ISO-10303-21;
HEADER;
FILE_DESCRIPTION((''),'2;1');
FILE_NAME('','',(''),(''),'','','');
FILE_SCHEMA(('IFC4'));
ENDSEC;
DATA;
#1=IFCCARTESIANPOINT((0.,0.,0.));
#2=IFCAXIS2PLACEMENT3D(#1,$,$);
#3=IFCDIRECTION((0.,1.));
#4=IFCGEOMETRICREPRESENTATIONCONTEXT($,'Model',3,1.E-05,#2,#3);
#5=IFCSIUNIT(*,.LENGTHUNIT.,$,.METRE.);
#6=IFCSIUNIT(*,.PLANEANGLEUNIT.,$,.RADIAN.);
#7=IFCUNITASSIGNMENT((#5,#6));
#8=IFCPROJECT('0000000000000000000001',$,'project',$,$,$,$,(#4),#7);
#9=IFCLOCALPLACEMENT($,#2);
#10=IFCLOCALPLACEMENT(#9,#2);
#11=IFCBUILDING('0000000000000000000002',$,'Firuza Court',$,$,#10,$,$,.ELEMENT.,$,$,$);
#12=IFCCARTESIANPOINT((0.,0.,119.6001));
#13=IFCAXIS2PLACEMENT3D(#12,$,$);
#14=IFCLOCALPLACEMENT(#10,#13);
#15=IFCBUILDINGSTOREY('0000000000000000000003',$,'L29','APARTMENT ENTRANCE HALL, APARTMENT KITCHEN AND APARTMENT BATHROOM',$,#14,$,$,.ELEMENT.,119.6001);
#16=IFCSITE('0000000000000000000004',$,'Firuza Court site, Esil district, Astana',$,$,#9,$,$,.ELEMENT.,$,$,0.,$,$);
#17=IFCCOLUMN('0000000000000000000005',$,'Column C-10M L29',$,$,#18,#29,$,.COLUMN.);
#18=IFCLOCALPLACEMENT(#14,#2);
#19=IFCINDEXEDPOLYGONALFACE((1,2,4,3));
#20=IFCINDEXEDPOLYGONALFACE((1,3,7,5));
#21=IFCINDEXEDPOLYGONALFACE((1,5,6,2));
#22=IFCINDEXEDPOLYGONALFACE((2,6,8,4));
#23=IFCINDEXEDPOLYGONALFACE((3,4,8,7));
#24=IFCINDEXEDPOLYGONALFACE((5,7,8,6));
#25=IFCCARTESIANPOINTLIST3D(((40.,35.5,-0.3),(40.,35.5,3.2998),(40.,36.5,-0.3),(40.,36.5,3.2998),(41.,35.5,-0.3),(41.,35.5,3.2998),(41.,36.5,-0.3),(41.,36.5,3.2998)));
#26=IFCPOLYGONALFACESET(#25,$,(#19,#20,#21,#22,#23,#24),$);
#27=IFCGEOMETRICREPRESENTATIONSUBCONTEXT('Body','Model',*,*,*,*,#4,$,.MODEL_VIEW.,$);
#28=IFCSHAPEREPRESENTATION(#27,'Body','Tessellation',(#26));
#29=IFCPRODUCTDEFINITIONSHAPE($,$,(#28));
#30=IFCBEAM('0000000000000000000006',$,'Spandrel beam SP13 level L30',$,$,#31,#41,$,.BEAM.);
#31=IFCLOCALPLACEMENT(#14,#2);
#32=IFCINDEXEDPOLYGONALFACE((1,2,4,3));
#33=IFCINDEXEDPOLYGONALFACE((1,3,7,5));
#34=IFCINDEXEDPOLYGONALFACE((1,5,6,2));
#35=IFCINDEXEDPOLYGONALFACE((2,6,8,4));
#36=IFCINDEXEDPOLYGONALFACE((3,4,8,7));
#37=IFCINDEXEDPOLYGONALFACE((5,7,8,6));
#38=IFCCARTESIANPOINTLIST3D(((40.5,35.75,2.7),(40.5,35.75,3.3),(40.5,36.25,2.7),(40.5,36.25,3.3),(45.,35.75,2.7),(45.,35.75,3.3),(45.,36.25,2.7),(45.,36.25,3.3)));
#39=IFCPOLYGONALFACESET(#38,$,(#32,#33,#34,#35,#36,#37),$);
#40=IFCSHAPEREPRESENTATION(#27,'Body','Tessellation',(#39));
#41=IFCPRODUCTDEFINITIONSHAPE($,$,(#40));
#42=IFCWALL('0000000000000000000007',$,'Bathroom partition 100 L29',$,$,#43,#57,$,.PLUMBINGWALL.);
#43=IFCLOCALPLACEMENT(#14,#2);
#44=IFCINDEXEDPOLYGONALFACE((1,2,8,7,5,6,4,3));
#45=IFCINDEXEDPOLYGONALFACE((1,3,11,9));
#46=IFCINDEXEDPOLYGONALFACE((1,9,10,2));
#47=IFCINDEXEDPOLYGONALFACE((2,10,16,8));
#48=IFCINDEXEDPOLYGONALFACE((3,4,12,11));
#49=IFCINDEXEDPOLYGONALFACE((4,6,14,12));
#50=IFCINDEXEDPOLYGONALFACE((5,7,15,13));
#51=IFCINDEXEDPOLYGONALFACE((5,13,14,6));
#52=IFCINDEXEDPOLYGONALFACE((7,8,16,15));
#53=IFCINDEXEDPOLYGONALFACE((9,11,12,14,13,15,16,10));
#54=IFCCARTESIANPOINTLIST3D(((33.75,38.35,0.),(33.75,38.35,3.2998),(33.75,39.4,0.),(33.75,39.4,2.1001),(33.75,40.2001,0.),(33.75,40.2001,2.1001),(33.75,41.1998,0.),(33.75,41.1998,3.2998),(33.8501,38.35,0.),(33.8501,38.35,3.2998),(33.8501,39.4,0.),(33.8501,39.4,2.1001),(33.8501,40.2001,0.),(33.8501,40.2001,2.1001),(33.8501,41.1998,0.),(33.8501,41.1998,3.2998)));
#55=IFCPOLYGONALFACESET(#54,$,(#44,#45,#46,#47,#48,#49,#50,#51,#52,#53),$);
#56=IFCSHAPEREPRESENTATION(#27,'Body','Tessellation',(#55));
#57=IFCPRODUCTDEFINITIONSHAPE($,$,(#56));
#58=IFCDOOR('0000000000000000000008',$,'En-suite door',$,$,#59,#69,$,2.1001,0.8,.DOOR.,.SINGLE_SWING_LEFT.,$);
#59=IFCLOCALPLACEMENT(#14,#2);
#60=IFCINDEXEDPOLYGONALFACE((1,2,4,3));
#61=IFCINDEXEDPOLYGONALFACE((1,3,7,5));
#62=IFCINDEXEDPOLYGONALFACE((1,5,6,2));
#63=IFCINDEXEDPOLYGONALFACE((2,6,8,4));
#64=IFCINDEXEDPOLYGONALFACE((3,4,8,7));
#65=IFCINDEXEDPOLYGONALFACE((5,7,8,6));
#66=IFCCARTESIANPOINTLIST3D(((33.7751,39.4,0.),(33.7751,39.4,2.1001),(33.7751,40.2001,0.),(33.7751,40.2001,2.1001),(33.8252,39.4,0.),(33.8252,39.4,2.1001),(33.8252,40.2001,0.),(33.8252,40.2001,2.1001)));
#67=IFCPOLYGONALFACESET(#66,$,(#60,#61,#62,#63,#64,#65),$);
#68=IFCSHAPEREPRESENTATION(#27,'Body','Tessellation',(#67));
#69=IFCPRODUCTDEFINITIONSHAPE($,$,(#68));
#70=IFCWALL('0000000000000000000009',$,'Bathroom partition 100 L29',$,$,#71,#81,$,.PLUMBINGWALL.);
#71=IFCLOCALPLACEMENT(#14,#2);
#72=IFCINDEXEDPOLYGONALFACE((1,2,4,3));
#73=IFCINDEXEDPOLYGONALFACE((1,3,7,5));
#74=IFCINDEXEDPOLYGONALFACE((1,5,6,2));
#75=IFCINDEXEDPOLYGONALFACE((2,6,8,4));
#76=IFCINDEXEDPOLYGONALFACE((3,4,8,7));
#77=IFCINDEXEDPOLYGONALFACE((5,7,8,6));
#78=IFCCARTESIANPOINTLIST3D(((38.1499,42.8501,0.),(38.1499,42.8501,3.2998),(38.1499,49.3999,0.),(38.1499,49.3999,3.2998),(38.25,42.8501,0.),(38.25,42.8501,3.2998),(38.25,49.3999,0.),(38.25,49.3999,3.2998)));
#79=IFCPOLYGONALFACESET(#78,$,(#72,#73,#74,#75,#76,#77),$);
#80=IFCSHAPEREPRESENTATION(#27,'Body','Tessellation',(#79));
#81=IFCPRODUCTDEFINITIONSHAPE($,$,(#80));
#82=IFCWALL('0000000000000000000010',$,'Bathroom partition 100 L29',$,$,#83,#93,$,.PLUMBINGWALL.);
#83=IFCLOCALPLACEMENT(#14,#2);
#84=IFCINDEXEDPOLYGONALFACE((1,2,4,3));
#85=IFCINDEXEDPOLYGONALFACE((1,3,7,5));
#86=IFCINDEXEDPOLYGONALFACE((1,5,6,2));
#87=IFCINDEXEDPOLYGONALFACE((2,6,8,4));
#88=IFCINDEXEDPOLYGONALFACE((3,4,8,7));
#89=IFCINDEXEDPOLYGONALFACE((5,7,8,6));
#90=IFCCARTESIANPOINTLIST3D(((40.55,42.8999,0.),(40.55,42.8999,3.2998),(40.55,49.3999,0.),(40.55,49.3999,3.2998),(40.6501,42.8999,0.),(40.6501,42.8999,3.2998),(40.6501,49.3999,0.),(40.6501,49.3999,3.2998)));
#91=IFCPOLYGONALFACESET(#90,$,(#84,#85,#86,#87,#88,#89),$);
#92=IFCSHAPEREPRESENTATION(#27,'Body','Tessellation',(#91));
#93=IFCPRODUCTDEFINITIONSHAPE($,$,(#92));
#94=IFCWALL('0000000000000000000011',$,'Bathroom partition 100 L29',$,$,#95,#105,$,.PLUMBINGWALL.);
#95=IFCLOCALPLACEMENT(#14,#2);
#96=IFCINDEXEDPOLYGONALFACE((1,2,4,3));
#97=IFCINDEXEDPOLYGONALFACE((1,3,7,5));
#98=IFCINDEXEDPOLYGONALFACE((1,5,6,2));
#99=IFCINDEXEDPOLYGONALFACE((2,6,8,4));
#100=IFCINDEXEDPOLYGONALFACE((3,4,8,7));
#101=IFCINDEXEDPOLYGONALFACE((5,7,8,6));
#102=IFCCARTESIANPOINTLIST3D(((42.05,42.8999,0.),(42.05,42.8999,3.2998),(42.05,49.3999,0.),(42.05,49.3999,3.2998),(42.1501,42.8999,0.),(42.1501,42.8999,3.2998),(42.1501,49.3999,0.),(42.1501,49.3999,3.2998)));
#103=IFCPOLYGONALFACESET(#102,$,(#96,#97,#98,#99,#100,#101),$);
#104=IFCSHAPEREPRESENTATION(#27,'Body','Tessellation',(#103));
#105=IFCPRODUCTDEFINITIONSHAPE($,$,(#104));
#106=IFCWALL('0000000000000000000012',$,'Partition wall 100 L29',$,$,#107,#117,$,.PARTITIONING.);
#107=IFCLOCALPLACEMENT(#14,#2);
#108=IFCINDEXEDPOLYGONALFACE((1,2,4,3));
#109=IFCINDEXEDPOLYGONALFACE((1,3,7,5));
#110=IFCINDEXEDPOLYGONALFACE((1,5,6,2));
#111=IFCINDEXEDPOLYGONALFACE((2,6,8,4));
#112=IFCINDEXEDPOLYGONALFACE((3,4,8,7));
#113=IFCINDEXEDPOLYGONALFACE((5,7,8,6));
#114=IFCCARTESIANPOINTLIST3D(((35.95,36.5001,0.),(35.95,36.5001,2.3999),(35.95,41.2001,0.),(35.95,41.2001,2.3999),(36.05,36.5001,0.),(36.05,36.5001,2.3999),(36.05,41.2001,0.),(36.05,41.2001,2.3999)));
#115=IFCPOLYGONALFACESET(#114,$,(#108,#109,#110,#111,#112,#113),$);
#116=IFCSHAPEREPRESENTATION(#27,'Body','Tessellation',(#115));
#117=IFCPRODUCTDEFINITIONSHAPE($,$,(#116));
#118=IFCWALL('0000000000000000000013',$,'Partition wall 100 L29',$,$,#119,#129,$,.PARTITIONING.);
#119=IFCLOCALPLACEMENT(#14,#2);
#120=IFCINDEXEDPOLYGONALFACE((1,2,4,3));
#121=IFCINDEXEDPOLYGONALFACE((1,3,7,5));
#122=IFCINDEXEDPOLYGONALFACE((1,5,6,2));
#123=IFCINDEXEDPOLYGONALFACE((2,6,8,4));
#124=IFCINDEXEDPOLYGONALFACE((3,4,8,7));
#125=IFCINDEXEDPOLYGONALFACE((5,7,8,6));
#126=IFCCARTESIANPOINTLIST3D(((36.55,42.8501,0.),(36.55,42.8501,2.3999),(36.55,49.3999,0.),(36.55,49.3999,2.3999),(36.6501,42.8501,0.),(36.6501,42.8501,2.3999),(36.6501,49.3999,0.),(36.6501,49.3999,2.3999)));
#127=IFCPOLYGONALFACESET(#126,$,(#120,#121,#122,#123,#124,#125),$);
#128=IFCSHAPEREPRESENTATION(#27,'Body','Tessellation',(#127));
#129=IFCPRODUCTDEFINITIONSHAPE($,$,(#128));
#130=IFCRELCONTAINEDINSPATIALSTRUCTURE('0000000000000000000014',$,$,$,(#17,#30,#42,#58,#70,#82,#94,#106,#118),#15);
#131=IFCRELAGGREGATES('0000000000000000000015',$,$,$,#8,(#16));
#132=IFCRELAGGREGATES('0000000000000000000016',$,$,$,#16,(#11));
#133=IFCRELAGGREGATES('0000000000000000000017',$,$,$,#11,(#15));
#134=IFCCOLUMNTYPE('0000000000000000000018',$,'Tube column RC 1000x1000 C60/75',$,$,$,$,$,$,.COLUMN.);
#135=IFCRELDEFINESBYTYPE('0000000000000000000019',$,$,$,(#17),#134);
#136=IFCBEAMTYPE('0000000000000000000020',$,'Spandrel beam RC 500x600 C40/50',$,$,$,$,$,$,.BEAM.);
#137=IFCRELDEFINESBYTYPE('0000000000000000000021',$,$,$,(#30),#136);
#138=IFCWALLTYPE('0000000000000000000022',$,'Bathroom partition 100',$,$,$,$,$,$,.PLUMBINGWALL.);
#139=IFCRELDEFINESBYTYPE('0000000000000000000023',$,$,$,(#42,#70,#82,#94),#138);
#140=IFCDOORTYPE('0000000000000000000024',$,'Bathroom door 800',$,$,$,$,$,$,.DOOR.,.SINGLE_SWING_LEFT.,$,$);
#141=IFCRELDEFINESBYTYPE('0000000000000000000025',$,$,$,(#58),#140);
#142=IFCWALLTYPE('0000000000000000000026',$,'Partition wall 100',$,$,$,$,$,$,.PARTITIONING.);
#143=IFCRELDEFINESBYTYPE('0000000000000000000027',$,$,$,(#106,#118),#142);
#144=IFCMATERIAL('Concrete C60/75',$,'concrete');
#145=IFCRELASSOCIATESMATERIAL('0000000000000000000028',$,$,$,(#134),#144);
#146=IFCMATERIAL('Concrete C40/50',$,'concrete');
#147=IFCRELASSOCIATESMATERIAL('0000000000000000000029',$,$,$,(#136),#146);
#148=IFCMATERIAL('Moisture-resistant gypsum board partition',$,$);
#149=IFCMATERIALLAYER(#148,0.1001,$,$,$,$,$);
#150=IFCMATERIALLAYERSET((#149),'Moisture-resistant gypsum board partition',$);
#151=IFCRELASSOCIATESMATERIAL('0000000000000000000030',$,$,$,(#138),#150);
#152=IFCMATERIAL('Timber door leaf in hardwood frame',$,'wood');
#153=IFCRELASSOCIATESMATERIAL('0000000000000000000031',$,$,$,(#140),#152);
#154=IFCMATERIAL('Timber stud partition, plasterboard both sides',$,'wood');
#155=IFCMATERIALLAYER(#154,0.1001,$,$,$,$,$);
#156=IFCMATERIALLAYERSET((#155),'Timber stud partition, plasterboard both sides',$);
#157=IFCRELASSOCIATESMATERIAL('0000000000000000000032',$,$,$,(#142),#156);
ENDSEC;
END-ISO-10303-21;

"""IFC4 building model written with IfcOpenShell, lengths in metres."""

from ifc_helpers import new_model, si_unit, direction, frame, frame_2d, origin, origin_2d, place, context, subcontext, project, spatial, rectangle, extrude, material, layer, layer_set, material_profile, profile_set, type_object, element, fill, save


model = new_model("IFC4")

# Units and contexts
model_context = context("Model", 3, precision=1e-05, world=origin(), true_north=direction((0.0, 1.0)))
body_context = subcontext(model_context, "Body", "Model", "MODEL_VIEW")
ifc_project = project(units=[si_unit("LENGTHUNIT", "METRE"), si_unit("PLANEANGLEUNIT", "RADIAN")], contexts=[model_context])

# Site, building, storey
site_placement = place(None, origin())
site = spatial("IfcSite", under=ifc_project, at=site_placement, Name="Firuza Court site, Esil district, Astana", CompositionType="ELEMENT", RefElevation=0.0)
building_placement = place(site_placement, origin())
building = spatial("IfcBuilding", under=site, at=building_placement, Name="Firuza Court", CompositionType="ELEMENT")
storey_placement = place(building_placement, frame((0.0, 0.0, 119.6001)))
storey = spatial("IfcBuildingStorey", under=building, at=storey_placement, Name="L29", Description="APARTMENT ENTRANCE HALL, APARTMENT KITCHEN AND APARTMENT BATHROOM", CompositionType="ELEMENT", Elevation=119.6001)

# Column
ifc_material_1 = material(Name="Concrete C60/75", Category="concrete")
ifc_material_profile_1 = material_profile(ifc_material_1, rectangle(XDim=1.0, YDim=1.0, at=origin_2d()), Name="RC 1000x1000")
ifc_profile_set_1 = profile_set([ifc_material_profile_1], Name="Concrete C60/75")
column_type = type_object("IfcColumnType", Name="Tube column RC 1000x1000 C60/75", PredefinedType="COLUMN", material=ifc_profile_set_1)
column_placement = place(storey_placement, frame((40.5, 36.0, -0.3), z_axis=(0.0, 0.0, 1.0), x_axis=(1.0, 0.0, 0.0)))
element("IfcColumn", 1, at=column_placement, inside=storey, type_object=column_type, Name="Column C-10M L29", PredefinedType="COLUMN", context=body_context, shape_type="SweptSolid", body=[
    extrude(rectangle(XDim=1.0, YDim=1.0, at=origin_2d()), origin(), (0.0, 0.0, 1.0), 3.5999),
])

# Beam
ifc_material_2 = material(Name="Concrete C40/50", Category="concrete")
ifc_material_profile_2 = material_profile(ifc_material_2, rectangle(XDim=0.5, YDim=0.6001, at=origin_2d()), Name="RC 500x600")
ifc_profile_set_2 = profile_set([ifc_material_profile_2], Name="Concrete C40/50")
beam_type = type_object("IfcBeamType", Name="Spandrel beam RC 500x600 C40/50", PredefinedType="BEAM", material=ifc_profile_set_2)
beam_placement = place(storey_placement, frame((40.5, 36.0, 3.0), z_axis=(1.0, 0.0, 0.0), x_axis=(0.0, 1.0, 0.0)))
element("IfcBeam", 2, at=beam_placement, inside=storey, type_object=beam_type, Name="Spandrel beam SP13 level L30", PredefinedType="BEAM", context=body_context, shape_type="SweptSolid", body=[
    extrude(rectangle(XDim=0.5, YDim=0.6001, at=origin_2d()), origin(), (0.0, 0.0, 1.0), 4.5),
])

# Wall, opening, door
ifc_material_3 = material(Name="Moisture-resistant gypsum board partition")
ifc_layer_1 = layer(ifc_material_3, 0.1001)
ifc_layer_set_1 = layer_set([ifc_layer_1], Name="Moisture-resistant gypsum board partition")
wall_type_1 = type_object("IfcWallType", Name="Bathroom partition 100", PredefinedType="PLUMBINGWALL", material=ifc_layer_set_1)
wall_1_placement = place(storey_placement, frame((33.8, 38.3501, 0.0), z_axis=(0.0, 0.0, 1.0), x_axis=(0.0, 1.0, 0.0)))
wall_1 = element("IfcWall", 3, at=wall_1_placement, inside=storey, type_object=wall_type_1, Name="Bathroom partition 100 L29", PredefinedType="PLUMBINGWALL", context=body_context, shape_type="SweptSolid", body=[
    extrude(rectangle(XDim=2.8499, YDim=0.1001, at=frame_2d((1.4248, 0.0))), origin(), (0.0, 0.0, 1.0), 3.2998),
])
opening_1_placement = place(wall_1_placement, frame((1.05, 0.0, 0.0)))
opening_1 = element("IfcOpeningElement", 4, at=opening_1_placement, cuts=wall_1, PredefinedType="OPENING", context=body_context, shape_type="SweptSolid", body=[
    extrude(rectangle(XDim=0.8, YDim=2.1001, at=frame_2d((0.3999, 1.05))), frame((0.0, 0.062, 0.0), z_axis=(0.0, -1.0, 0.0), x_axis=(1.0, 0.0, 0.0)), (0.0, 0.0, 1.0), 0.124),
])
ifc_material_4 = material(Name="Timber door leaf in hardwood frame", Category="wood")
door_type_1 = type_object("IfcDoorType", Name="Bathroom door 800", OperationType="SINGLE_SWING_LEFT", PredefinedType="DOOR", material=ifc_material_4)
door_1_placement = place(opening_1_placement, origin())
door_1 = element("IfcDoor", 5, at=door_1_placement, inside=storey, type_object=door_type_1, Name="En-suite door", OperationType="SINGLE_SWING_LEFT", OverallHeight=2.1001, OverallWidth=0.8, PredefinedType="DOOR", context=body_context, shape_type="SweptSolid", body=[
    extrude(rectangle(XDim=0.8, YDim=2.1001, at=frame_2d((0.3999, 1.05))), frame((0.0, 0.0249, 0.0), z_axis=(0.0, -1.0, 0.0), x_axis=(1.0, 0.0, 0.0)), (0.0, 0.0, 1.0), 0.05),
])
fill(opening_1, door_1)

# Walls
wall_2_placement = place(storey_placement, frame((38.2, 42.8501, 0.0), z_axis=(0.0, 0.0, 1.0), x_axis=(0.0, 1.0, 0.0)))
element("IfcWall", 6, at=wall_2_placement, inside=storey, type_object=wall_type_1, Name="Bathroom partition 100 L29", PredefinedType="PLUMBINGWALL", context=body_context, shape_type="SweptSolid", body=[
    extrude(rectangle(XDim=6.5498, YDim=0.1001, at=frame_2d((3.2749, 0.0))), origin(), (0.0, 0.0, 1.0), 3.2998),
])
for number, where, z_axis, x_axis, name in (
    (7, (40.6001, 42.8999, 0.0), (0.0, 0.0, 1.0), (0.0, 1.0, 0.0), "Bathroom partition 100 L29"),
    (8, (42.1001, 42.8999, 0.0), (0.0, 0.0, 1.0), (0.0, 1.0, 0.0), "Bathroom partition 100 L29"),
):
    element("IfcWall", number, at=place(storey_placement, frame(where, z_axis=z_axis, x_axis=x_axis)), inside=storey, type_object=wall_type_1, Name=name, PredefinedType="PLUMBINGWALL", context=body_context, shape_type="SweptSolid", body=[
        extrude(rectangle(XDim=6.5, YDim=0.1001, at=frame_2d((3.25, 0.0))), origin(), (0.0, 0.0, 1.0), 3.2998),
    ])
ifc_material_5 = material(Name="Timber stud partition, plasterboard both sides", Category="wood")
ifc_layer_2 = layer(ifc_material_5, 0.1001)
ifc_layer_set_2 = layer_set([ifc_layer_2], Name="Timber stud partition, plasterboard both sides")
wall_type_2 = type_object("IfcWallType", Name="Partition wall 100", PredefinedType="PARTITIONING", material=ifc_layer_set_2)
wall_3_placement = place(storey_placement, frame((36.0, 36.5, 0.0), z_axis=(0.0, 0.0, 1.0), x_axis=(0.0, 1.0, 0.0)))
element("IfcWall", 9, at=wall_3_placement, inside=storey, type_object=wall_type_2, Name="Partition wall 100 L29", PredefinedType="PARTITIONING", context=body_context, shape_type="SweptSolid", body=[
    extrude(rectangle(XDim=4.7, YDim=0.1001, at=frame_2d((2.3501, 0.0))), origin(), (0.0, 0.0, 1.0), 2.3999),
])
wall_4_placement = place(storey_placement, frame((36.6001, 42.8501, 0.0), z_axis=(0.0, 0.0, 1.0), x_axis=(0.0, 1.0, 0.0)))
element("IfcWall", 10, at=wall_4_placement, inside=storey, type_object=wall_type_2, Name="Partition wall 100 L29", PredefinedType="PARTITIONING", context=body_context, shape_type="SweptSolid", body=[
    extrude(rectangle(XDim=6.5498, YDim=0.1001, at=frame_2d((3.2749, 0.0))), origin(), (0.0, 0.0, 1.0), 2.3999),
])

save(model, "model.ifc")
